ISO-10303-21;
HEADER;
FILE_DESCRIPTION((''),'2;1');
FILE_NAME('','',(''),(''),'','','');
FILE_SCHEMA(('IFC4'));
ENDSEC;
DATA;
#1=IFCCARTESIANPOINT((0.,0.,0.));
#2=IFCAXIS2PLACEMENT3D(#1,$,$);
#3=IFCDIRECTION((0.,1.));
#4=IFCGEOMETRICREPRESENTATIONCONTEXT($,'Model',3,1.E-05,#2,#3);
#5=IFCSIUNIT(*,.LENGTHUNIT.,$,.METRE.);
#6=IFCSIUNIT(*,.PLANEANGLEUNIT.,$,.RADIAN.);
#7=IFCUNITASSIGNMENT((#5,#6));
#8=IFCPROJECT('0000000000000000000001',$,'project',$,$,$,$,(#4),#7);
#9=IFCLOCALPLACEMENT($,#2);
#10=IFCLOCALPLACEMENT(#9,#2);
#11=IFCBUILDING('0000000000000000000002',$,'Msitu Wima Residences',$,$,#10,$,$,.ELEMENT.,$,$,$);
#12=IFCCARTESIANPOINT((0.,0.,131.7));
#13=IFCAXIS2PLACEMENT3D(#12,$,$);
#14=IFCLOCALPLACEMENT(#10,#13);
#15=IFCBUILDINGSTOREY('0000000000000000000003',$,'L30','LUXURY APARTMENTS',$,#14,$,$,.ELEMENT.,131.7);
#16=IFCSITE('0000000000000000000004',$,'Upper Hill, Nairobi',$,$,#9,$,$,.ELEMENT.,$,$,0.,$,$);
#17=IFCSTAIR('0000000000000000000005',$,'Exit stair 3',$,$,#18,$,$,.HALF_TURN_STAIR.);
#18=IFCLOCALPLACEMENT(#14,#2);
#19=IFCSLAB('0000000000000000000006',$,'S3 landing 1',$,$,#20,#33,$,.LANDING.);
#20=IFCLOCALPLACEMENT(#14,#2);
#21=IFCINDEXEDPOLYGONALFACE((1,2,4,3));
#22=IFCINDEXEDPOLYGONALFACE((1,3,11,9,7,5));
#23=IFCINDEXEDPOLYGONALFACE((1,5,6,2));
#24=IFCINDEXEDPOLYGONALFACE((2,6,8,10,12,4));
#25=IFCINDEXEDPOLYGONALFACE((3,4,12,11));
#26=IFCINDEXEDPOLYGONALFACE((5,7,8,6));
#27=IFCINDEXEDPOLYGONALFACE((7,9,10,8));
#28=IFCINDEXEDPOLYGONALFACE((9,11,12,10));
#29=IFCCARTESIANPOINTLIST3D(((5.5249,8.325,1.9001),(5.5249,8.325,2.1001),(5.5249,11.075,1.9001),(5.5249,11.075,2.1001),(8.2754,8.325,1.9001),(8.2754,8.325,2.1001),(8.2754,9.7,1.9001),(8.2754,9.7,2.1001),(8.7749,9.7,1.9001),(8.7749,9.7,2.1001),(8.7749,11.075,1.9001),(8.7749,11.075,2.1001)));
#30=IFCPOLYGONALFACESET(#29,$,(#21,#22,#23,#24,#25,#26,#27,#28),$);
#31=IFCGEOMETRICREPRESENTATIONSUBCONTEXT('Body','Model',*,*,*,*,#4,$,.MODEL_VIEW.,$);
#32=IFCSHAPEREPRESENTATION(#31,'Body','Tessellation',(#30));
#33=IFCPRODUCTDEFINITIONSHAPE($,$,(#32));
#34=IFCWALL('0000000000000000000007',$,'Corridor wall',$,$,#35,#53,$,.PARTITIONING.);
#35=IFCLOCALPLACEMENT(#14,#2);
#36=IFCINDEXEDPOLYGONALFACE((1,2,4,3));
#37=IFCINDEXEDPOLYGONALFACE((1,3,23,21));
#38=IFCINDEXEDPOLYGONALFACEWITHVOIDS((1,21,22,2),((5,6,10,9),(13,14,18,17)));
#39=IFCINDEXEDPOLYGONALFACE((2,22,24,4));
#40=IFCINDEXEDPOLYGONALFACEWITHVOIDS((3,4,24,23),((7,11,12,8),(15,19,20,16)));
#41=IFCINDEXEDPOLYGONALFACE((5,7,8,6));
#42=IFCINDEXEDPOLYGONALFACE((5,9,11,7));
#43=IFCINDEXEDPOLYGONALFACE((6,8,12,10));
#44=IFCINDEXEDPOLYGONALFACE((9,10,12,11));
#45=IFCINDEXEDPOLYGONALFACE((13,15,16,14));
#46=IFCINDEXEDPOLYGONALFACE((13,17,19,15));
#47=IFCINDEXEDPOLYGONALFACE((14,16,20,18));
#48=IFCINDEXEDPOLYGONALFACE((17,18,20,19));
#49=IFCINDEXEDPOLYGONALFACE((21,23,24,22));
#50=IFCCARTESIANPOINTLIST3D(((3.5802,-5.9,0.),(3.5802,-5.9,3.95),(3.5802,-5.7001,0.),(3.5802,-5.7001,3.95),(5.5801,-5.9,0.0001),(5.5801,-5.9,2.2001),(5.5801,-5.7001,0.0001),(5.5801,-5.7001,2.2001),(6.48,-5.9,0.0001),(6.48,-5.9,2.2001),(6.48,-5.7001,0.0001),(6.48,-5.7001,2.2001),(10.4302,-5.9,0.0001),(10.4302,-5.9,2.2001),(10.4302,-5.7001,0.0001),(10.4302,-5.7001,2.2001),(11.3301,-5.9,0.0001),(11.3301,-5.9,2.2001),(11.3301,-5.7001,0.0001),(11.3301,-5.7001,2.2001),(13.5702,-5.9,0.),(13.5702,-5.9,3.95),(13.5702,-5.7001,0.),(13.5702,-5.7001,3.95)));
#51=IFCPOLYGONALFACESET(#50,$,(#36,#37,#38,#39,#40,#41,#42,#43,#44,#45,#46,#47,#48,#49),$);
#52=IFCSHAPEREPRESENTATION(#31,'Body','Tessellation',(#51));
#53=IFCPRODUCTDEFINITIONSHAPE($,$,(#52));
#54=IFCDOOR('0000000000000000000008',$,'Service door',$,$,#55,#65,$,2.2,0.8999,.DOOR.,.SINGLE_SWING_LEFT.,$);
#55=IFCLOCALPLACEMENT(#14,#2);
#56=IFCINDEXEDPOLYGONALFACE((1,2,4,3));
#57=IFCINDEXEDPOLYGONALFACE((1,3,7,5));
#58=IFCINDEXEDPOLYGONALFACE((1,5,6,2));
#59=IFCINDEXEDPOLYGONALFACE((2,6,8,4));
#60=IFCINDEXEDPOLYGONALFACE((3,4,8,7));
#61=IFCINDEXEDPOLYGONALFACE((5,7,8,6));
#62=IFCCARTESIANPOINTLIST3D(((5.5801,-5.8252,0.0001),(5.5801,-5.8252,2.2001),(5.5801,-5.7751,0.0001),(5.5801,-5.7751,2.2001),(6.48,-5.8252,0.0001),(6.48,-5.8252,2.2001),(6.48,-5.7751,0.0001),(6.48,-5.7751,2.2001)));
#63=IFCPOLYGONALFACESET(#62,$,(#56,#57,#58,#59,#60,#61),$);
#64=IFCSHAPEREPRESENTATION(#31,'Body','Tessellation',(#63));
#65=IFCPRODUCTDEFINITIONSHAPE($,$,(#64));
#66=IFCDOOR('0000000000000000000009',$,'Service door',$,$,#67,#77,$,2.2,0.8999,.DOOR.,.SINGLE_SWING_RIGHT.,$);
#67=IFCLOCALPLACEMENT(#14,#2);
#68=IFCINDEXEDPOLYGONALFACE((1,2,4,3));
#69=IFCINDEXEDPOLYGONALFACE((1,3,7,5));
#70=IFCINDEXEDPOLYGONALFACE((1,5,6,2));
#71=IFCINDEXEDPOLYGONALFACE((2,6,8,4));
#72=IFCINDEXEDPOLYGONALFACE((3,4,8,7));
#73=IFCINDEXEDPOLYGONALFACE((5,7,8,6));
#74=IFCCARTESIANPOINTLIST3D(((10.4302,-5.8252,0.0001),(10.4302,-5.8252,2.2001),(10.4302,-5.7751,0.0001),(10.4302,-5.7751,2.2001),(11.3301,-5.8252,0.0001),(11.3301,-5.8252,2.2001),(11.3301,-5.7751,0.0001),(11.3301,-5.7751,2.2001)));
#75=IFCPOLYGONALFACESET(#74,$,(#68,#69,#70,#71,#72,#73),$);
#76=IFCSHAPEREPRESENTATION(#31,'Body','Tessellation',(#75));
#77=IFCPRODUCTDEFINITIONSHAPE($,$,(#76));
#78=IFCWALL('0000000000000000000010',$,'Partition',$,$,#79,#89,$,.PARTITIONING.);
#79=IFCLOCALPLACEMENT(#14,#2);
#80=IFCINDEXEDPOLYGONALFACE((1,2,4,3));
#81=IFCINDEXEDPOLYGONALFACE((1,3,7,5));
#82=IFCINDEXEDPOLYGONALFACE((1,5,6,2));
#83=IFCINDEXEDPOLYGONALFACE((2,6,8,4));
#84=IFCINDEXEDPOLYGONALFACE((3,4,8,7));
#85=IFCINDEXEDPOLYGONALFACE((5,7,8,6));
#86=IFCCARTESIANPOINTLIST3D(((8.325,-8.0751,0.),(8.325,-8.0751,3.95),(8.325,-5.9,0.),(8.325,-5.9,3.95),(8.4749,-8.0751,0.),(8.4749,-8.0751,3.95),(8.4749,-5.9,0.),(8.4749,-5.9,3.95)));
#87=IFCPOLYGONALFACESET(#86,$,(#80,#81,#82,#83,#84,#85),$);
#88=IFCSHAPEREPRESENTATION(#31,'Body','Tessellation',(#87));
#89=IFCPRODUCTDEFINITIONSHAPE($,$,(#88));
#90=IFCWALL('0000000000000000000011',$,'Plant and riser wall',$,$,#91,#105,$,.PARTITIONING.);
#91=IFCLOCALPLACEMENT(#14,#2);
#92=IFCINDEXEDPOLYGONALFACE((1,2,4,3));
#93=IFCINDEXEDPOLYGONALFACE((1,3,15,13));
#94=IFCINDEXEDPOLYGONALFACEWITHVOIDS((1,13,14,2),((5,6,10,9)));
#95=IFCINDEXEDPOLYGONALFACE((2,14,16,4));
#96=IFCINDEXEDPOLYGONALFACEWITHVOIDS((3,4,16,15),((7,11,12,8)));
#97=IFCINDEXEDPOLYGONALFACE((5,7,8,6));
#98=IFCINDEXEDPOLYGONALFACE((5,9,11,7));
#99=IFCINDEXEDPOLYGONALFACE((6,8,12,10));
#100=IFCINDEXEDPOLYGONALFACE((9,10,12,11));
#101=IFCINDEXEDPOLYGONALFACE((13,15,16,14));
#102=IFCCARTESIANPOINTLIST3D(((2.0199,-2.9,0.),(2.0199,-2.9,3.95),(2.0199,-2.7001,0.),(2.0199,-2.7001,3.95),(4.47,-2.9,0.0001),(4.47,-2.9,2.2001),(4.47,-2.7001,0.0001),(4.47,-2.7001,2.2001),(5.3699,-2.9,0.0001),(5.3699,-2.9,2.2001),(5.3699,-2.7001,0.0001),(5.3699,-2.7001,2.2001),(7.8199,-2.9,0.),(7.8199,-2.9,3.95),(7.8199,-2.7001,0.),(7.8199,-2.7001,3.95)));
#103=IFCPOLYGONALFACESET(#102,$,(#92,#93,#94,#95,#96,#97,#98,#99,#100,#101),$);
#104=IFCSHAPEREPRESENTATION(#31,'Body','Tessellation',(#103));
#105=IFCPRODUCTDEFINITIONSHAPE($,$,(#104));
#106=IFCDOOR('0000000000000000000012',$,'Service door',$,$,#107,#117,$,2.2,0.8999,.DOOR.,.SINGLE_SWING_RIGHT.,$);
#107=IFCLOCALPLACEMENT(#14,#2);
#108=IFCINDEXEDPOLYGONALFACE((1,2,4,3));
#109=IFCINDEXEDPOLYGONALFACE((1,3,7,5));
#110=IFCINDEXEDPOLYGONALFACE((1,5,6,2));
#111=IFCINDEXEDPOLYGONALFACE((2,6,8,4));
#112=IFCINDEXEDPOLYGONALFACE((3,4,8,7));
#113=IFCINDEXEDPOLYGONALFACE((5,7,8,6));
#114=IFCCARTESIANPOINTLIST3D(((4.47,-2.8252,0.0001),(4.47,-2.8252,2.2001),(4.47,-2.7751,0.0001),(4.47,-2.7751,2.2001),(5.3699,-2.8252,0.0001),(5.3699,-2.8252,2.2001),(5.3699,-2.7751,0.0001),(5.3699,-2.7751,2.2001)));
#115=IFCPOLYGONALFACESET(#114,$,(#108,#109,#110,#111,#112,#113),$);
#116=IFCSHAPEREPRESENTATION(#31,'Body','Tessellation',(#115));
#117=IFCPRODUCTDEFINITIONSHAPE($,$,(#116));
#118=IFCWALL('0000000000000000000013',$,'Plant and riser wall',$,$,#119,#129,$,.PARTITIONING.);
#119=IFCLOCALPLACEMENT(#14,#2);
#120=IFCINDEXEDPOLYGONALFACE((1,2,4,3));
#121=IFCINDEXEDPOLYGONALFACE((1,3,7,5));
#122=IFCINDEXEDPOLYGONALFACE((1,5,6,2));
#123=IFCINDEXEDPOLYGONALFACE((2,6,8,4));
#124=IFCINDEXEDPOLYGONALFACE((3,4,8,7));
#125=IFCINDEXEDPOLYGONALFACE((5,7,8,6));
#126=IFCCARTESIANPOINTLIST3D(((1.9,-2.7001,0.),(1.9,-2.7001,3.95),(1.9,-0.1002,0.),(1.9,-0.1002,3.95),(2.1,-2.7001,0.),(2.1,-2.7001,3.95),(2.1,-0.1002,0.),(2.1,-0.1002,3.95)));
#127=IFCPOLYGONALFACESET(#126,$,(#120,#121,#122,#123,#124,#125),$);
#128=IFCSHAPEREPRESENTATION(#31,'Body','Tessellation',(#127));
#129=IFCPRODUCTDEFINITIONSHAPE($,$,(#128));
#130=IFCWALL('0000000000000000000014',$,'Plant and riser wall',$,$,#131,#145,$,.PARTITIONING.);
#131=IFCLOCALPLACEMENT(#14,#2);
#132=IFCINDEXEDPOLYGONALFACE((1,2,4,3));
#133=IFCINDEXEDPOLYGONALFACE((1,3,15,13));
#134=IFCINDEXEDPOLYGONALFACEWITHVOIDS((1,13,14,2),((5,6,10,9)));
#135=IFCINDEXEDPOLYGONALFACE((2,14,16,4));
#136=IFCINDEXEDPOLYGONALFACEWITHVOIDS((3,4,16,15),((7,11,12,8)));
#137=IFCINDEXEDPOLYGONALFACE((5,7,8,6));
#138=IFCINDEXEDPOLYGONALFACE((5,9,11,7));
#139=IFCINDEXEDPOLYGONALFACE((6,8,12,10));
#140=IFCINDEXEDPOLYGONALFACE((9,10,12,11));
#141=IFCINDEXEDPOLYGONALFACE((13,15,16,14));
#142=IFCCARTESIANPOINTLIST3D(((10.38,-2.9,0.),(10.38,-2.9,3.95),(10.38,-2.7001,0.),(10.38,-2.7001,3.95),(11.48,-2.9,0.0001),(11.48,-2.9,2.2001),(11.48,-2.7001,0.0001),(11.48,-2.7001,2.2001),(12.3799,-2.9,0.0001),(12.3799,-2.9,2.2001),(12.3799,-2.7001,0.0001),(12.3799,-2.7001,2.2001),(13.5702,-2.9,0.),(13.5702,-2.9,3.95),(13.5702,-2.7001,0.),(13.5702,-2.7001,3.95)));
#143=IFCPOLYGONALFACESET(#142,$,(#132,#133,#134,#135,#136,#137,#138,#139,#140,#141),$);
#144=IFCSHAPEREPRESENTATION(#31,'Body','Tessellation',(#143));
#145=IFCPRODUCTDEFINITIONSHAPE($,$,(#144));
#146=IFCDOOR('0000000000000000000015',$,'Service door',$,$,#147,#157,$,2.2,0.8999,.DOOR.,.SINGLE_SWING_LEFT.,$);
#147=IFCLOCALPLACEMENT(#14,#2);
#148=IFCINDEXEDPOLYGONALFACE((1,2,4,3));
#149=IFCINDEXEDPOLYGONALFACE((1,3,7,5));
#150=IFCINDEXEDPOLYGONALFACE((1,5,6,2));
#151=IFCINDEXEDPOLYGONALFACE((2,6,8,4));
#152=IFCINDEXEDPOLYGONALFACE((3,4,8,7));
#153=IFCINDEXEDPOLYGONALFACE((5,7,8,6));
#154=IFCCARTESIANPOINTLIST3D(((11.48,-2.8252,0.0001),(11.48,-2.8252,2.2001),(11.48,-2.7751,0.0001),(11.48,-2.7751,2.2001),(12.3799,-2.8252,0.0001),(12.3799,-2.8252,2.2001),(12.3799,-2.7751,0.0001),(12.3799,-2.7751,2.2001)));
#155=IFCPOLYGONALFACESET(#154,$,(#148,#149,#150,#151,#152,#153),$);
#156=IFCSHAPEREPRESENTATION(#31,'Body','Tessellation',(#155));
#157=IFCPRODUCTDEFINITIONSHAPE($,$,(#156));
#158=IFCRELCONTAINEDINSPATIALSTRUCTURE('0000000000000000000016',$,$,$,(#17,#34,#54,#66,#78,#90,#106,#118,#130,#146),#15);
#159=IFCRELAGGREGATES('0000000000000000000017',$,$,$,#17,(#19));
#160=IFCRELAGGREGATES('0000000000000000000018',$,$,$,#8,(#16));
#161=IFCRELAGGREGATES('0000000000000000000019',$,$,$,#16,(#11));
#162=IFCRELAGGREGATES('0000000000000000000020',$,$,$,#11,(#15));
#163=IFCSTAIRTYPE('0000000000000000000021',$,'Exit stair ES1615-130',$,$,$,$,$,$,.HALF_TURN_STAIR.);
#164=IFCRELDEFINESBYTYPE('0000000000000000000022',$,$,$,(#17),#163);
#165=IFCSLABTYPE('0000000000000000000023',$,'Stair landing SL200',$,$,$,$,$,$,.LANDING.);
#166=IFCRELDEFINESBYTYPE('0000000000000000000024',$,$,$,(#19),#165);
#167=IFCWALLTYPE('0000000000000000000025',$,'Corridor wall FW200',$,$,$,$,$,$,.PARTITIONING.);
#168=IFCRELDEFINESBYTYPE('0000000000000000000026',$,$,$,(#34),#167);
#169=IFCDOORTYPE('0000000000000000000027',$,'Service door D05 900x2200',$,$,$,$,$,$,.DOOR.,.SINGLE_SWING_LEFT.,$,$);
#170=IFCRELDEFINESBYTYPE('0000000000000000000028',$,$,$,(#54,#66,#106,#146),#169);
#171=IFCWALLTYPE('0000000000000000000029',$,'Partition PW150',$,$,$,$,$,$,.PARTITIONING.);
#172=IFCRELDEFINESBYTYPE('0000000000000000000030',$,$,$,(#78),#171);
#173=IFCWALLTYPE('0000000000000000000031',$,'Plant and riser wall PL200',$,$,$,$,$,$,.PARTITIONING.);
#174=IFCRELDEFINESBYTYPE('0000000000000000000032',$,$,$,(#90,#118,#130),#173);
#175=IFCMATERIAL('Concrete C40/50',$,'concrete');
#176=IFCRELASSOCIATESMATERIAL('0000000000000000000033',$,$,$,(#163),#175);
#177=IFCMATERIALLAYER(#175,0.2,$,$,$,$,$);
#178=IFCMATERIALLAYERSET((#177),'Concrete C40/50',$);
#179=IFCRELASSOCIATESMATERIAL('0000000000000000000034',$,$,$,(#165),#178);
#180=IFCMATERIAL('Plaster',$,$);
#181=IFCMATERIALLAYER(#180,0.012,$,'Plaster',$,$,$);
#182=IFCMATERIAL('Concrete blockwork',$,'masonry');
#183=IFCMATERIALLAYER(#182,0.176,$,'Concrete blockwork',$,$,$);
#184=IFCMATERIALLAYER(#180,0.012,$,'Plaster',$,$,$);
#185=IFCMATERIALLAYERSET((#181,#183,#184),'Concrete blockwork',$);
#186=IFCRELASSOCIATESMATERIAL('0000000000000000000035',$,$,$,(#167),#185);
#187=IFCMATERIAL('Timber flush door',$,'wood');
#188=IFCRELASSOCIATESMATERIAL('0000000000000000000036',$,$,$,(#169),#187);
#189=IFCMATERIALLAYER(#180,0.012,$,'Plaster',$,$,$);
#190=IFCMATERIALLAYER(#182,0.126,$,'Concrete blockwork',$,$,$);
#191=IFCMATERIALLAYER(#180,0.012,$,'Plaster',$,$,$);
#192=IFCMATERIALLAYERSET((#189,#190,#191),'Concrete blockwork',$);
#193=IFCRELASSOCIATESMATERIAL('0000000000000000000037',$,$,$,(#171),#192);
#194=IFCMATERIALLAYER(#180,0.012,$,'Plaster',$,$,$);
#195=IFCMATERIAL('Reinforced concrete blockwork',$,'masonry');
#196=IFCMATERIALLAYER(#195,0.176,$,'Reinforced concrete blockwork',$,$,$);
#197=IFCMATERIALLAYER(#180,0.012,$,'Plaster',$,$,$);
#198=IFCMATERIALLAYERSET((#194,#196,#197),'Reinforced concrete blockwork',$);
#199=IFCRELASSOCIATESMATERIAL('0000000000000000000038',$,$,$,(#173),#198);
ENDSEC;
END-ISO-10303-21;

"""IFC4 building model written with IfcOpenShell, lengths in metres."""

from ifc_helpers import new_model, si_unit, direction, frame, frame_2d, origin, place, context, subcontext, project, spatial, polyline, rectangle, outline, extrude, material, layer, layer_set, type_object, element, fill, aggregate, save


model = new_model("IFC4")

# Units and contexts
model_context = context("Model", 3, precision=1e-05, world=origin(), true_north=direction((0.0, 1.0)))
body_context = subcontext(model_context, "Body", "Model", "MODEL_VIEW")
ifc_project = project(units=[si_unit("LENGTHUNIT", "METRE"), si_unit("PLANEANGLEUNIT", "RADIAN")], contexts=[model_context])

# Site, building, storey
site_placement = place(None, origin())
site = spatial("IfcSite", under=ifc_project, at=site_placement, Name="Upper Hill, Nairobi", CompositionType="ELEMENT", RefElevation=0.0)
building_placement = place(site_placement, origin())
building = spatial("IfcBuilding", under=site, at=building_placement, Name="Msitu Wima Residences", CompositionType="ELEMENT")
storey_placement = place(building_placement, frame((0.0, 0.0, 131.7)))
storey = spatial("IfcBuildingStorey", under=building, at=storey_placement, Name="L30", Description="LUXURY APARTMENTS", CompositionType="ELEMENT", Elevation=131.7)

# Shared definitions
ifc_material_1 = material(Name="Concrete C40/50", Category="concrete")

# Stair, slab
stair_type = type_object("IfcStairType", Name="Exit stair ES1615-130", PredefinedType="HALF_TURN_STAIR", material=ifc_material_1)
ifc_layer_1 = layer(ifc_material_1, 0.2)
ifc_layer_set_1 = layer_set([ifc_layer_1], Name="Concrete C40/50")
slab_type_1 = type_object("IfcSlabType", Name="Stair landing SL200", PredefinedType="LANDING", material=ifc_layer_set_1)
stair_1_placement = place(storey_placement, origin())
stair_1 = element("IfcStair", 1, at=stair_1_placement, inside=storey, type_object=stair_type, Name="Exit stair 3", PredefinedType="HALF_TURN_STAIR")
slab_1_placement = place(storey_placement, frame((0.0, 0.0, 1.9001)))
slab_1 = element("IfcSlab", 2, at=slab_1_placement, type_object=slab_type_1, Name="S3 landing 1", PredefinedType="LANDING", context=body_context, shape_type="SweptSolid", body=[
    extrude(outline(polyline([(5.5249, 8.325), (8.2754, 8.325), (8.2754, 9.7), (8.7749, 9.7), (8.7749, 11.075), (5.5249, 11.075), (5.5249, 8.325)])), origin(), (0.0, 0.0, 1.0), 0.2),
])
aggregate(stair_1, [slab_1])

# Wall, openings, doors
ifc_material_2 = material(Name="Plaster")
ifc_layer_2 = layer(ifc_material_2, 0.012, Name="Plaster")
ifc_material_3 = material(Name="Concrete blockwork", Category="masonry")
ifc_layer_3 = layer(ifc_material_3, 0.176, Name="Concrete blockwork")
ifc_layer_4 = layer(ifc_material_2, 0.012, Name="Plaster")
ifc_layer_set_2 = layer_set([ifc_layer_2, ifc_layer_3, ifc_layer_4], Name="Concrete blockwork")
wall_type_1 = type_object("IfcWallType", Name="Corridor wall FW200", PredefinedType="PARTITIONING", material=ifc_layer_set_2)
wall_1_placement = place(storey_placement, frame((3.5801, -5.8, 0.0), z_axis=(0.0, 0.0, 1.0), x_axis=(1.0, 0.0, 0.0)))
wall_1 = element("IfcWall", 3, at=wall_1_placement, inside=storey, type_object=wall_type_1, Name="Corridor wall", PredefinedType="PARTITIONING", context=body_context, shape_type="SweptSolid", body=[
    extrude(rectangle(XDim=9.99, YDim=0.2, at=frame_2d((4.9951, 0.0))), origin(), (0.0, 0.0, 1.0), 3.95),
])
opening_1_placement = place(wall_1_placement, frame((2.0, 0.0, 0.0)))
opening_1 = element("IfcOpeningElement", 4, at=opening_1_placement, cuts=wall_1, PredefinedType="OPENING", context=body_context, shape_type="SweptSolid", body=[
    extrude(rectangle(XDim=0.8999, YDim=2.2, at=frame_2d((0.45, 1.1001))), frame((0.0, 0.1099, 0.0), z_axis=(0.0, -1.0, 0.0), x_axis=(1.0, 0.0, 0.0)), (0.0, 0.0, 1.0), 0.22),
])
opening_2_placement = place(wall_1_placement, frame((6.8501, 0.0, 0.0)))
opening_2 = element("IfcOpeningElement", 5, at=opening_2_placement, cuts=wall_1, PredefinedType="OPENING", context=body_context, shape_type="SweptSolid", body=[
    extrude(rectangle(XDim=0.8999, YDim=2.2, at=frame_2d((0.45, 1.1001))), frame((0.0, 0.1099, 0.0), z_axis=(0.0, -1.0, 0.0), x_axis=(1.0, 0.0, 0.0)), (0.0, 0.0, 1.0), 0.22),
])
ifc_material_4 = material(Name="Timber flush door", Category="wood")
door_type = type_object("IfcDoorType", Name="Service door D05 900x2200", OperationType="SINGLE_SWING_LEFT", PredefinedType="DOOR", material=ifc_material_4)
door_1_placement = place(opening_1_placement, origin())
door_1 = element("IfcDoor", 6, at=door_1_placement, inside=storey, type_object=door_type, Name="Service door", OperationType="SINGLE_SWING_LEFT", OverallHeight=2.2, OverallWidth=0.8999, PredefinedType="DOOR", context=body_context, shape_type="SweptSolid", body=[
    extrude(rectangle(XDim=0.8999, YDim=2.2, at=frame_2d((0.45, 1.1001))), frame((0.0, 0.0249, 0.0), z_axis=(0.0, -1.0, 0.0), x_axis=(1.0, 0.0, 0.0)), (0.0, 0.0, 1.0), 0.05),
])
fill(opening_1, door_1)
door_2_placement = place(opening_2_placement, origin())
door_2 = element("IfcDoor", 7, at=door_2_placement, inside=storey, type_object=door_type, Name="Service door", OperationType="SINGLE_SWING_RIGHT", OverallHeight=2.2, OverallWidth=0.8999, PredefinedType="DOOR", context=body_context, shape_type="SweptSolid", body=[
    extrude(rectangle(XDim=0.8999, YDim=2.2, at=frame_2d((0.45, 1.1001))), frame((0.0, 0.0249, 0.0), z_axis=(0.0, -1.0, 0.0), x_axis=(1.0, 0.0, 0.0)), (0.0, 0.0, 1.0), 0.05),
])
fill(opening_2, door_2)

# Wall
ifc_layer_5 = layer(ifc_material_2, 0.012, Name="Plaster")
ifc_layer_6 = layer(ifc_material_3, 0.126, Name="Concrete blockwork")
ifc_layer_7 = layer(ifc_material_2, 0.012, Name="Plaster")
ifc_layer_set_3 = layer_set([ifc_layer_5, ifc_layer_6, ifc_layer_7], Name="Concrete blockwork")
wall_type_2 = type_object("IfcWallType", Name="Partition PW150", PredefinedType="PARTITIONING", material=ifc_layer_set_3)
wall_2_placement = place(storey_placement, frame((8.3999, -8.075, 0.0), z_axis=(0.0, 0.0, 1.0), x_axis=(0.0, 1.0, 0.0)))
element("IfcWall", 8, at=wall_2_placement, inside=storey, type_object=wall_type_2, Name="Partition", PredefinedType="PARTITIONING", context=body_context, shape_type="SweptSolid", body=[
    extrude(rectangle(XDim=2.175, YDim=0.1499, at=frame_2d((1.0874, 0.0))), origin(), (0.0, 0.0, 1.0), 3.95),
])

# Wall, opening, door
ifc_layer_8 = layer(ifc_material_2, 0.012, Name="Plaster")
ifc_material_5 = material(Name="Reinforced concrete blockwork", Category="masonry")
ifc_layer_9 = layer(ifc_material_5, 0.176, Name="Reinforced concrete blockwork")
ifc_layer_10 = layer(ifc_material_2, 0.012, Name="Plaster")
ifc_layer_set_4 = layer_set([ifc_layer_8, ifc_layer_9, ifc_layer_10], Name="Reinforced concrete blockwork")
wall_type_3 = type_object("IfcWallType", Name="Plant and riser wall PL200", PredefinedType="PARTITIONING", material=ifc_layer_set_4)
wall_3_placement = place(storey_placement, frame((2.02, -2.8, 0.0), z_axis=(0.0, 0.0, 1.0), x_axis=(1.0, 0.0, 0.0)))
wall_3 = element("IfcWall", 9, at=wall_3_placement, inside=storey, type_object=wall_type_3, Name="Plant and riser wall", PredefinedType="PARTITIONING", context=body_context, shape_type="SweptSolid", body=[
    extrude(rectangle(XDim=5.8, YDim=0.2, at=frame_2d((2.8999, 0.0))), origin(), (0.0, 0.0, 1.0), 3.95),
])
opening_3_placement = place(wall_3_placement, frame((2.45, 0.0, 0.0)))
opening_3 = element("IfcOpeningElement", 10, at=opening_3_placement, cuts=wall_3, PredefinedType="OPENING", context=body_context, shape_type="SweptSolid", body=[
    extrude(rectangle(XDim=0.8999, YDim=2.2, at=frame_2d((0.45, 1.1001))), frame((0.0, 0.1099, 0.0), z_axis=(0.0, -1.0, 0.0), x_axis=(1.0, 0.0, 0.0)), (0.0, 0.0, 1.0), 0.22),
])
door_3_placement = place(opening_3_placement, origin())
door_3 = element("IfcDoor", 11, at=door_3_placement, inside=storey, type_object=door_type, Name="Service door", OperationType="SINGLE_SWING_RIGHT", OverallHeight=2.2, OverallWidth=0.8999, PredefinedType="DOOR", context=body_context, shape_type="SweptSolid", body=[
    extrude(rectangle(XDim=0.8999, YDim=2.2, at=frame_2d((0.45, 1.1001))), frame((0.0, 0.0249, 0.0), z_axis=(0.0, -1.0, 0.0), x_axis=(1.0, 0.0, 0.0)), (0.0, 0.0, 1.0), 0.05),
])
fill(opening_3, door_3)

# Wall
wall_4_placement = place(storey_placement, frame((2.0, -2.7, 0.0), z_axis=(0.0, 0.0, 1.0), x_axis=(0.0, 1.0, 0.0)))
element("IfcWall", 12, at=wall_4_placement, inside=storey, type_object=wall_type_3, Name="Plant and riser wall", PredefinedType="PARTITIONING", context=body_context, shape_type="SweptSolid", body=[
    extrude(rectangle(XDim=2.5999, YDim=0.2, at=frame_2d((1.2998, 0.0))), origin(), (0.0, 0.0, 1.0), 3.95),
])

# Wall, opening, door
wall_5_placement = place(storey_placement, frame((10.3799, -2.8, 0.0), z_axis=(0.0, 0.0, 1.0), x_axis=(1.0, 0.0, 0.0)))
wall_5 = element("IfcWall", 13, at=wall_5_placement, inside=storey, type_object=wall_type_3, Name="Plant and riser wall", PredefinedType="PARTITIONING", context=body_context, shape_type="SweptSolid", body=[
    extrude(rectangle(XDim=3.1902, YDim=0.2, at=frame_2d((1.5952, 0.0))), origin(), (0.0, 0.0, 1.0), 3.95),
])
opening_4_placement = place(wall_5_placement, frame((1.1001, 0.0, 0.0)))
opening_4 = element("IfcOpeningElement", 14, at=opening_4_placement, cuts=wall_5, PredefinedType="OPENING", context=body_context, shape_type="SweptSolid", body=[
    extrude(rectangle(XDim=0.8999, YDim=2.2, at=frame_2d((0.45, 1.1001))), frame((0.0, 0.1099, 0.0), z_axis=(0.0, -1.0, 0.0), x_axis=(1.0, 0.0, 0.0)), (0.0, 0.0, 1.0), 0.22),
])
door_4_placement = place(opening_4_placement, origin())
door_4 = element("IfcDoor", 15, at=door_4_placement, inside=storey, type_object=door_type, Name="Service door", OperationType="SINGLE_SWING_LEFT", OverallHeight=2.2, OverallWidth=0.8999, PredefinedType="DOOR", context=body_context, shape_type="SweptSolid", body=[
    extrude(rectangle(XDim=0.8999, YDim=2.2, at=frame_2d((0.45, 1.1001))), frame((0.0, 0.0249, 0.0), z_axis=(0.0, -1.0, 0.0), x_axis=(1.0, 0.0, 0.0)), (0.0, 0.0, 1.0), 0.05),
])
fill(opening_4, door_4)

save(model, "model.ifc")
